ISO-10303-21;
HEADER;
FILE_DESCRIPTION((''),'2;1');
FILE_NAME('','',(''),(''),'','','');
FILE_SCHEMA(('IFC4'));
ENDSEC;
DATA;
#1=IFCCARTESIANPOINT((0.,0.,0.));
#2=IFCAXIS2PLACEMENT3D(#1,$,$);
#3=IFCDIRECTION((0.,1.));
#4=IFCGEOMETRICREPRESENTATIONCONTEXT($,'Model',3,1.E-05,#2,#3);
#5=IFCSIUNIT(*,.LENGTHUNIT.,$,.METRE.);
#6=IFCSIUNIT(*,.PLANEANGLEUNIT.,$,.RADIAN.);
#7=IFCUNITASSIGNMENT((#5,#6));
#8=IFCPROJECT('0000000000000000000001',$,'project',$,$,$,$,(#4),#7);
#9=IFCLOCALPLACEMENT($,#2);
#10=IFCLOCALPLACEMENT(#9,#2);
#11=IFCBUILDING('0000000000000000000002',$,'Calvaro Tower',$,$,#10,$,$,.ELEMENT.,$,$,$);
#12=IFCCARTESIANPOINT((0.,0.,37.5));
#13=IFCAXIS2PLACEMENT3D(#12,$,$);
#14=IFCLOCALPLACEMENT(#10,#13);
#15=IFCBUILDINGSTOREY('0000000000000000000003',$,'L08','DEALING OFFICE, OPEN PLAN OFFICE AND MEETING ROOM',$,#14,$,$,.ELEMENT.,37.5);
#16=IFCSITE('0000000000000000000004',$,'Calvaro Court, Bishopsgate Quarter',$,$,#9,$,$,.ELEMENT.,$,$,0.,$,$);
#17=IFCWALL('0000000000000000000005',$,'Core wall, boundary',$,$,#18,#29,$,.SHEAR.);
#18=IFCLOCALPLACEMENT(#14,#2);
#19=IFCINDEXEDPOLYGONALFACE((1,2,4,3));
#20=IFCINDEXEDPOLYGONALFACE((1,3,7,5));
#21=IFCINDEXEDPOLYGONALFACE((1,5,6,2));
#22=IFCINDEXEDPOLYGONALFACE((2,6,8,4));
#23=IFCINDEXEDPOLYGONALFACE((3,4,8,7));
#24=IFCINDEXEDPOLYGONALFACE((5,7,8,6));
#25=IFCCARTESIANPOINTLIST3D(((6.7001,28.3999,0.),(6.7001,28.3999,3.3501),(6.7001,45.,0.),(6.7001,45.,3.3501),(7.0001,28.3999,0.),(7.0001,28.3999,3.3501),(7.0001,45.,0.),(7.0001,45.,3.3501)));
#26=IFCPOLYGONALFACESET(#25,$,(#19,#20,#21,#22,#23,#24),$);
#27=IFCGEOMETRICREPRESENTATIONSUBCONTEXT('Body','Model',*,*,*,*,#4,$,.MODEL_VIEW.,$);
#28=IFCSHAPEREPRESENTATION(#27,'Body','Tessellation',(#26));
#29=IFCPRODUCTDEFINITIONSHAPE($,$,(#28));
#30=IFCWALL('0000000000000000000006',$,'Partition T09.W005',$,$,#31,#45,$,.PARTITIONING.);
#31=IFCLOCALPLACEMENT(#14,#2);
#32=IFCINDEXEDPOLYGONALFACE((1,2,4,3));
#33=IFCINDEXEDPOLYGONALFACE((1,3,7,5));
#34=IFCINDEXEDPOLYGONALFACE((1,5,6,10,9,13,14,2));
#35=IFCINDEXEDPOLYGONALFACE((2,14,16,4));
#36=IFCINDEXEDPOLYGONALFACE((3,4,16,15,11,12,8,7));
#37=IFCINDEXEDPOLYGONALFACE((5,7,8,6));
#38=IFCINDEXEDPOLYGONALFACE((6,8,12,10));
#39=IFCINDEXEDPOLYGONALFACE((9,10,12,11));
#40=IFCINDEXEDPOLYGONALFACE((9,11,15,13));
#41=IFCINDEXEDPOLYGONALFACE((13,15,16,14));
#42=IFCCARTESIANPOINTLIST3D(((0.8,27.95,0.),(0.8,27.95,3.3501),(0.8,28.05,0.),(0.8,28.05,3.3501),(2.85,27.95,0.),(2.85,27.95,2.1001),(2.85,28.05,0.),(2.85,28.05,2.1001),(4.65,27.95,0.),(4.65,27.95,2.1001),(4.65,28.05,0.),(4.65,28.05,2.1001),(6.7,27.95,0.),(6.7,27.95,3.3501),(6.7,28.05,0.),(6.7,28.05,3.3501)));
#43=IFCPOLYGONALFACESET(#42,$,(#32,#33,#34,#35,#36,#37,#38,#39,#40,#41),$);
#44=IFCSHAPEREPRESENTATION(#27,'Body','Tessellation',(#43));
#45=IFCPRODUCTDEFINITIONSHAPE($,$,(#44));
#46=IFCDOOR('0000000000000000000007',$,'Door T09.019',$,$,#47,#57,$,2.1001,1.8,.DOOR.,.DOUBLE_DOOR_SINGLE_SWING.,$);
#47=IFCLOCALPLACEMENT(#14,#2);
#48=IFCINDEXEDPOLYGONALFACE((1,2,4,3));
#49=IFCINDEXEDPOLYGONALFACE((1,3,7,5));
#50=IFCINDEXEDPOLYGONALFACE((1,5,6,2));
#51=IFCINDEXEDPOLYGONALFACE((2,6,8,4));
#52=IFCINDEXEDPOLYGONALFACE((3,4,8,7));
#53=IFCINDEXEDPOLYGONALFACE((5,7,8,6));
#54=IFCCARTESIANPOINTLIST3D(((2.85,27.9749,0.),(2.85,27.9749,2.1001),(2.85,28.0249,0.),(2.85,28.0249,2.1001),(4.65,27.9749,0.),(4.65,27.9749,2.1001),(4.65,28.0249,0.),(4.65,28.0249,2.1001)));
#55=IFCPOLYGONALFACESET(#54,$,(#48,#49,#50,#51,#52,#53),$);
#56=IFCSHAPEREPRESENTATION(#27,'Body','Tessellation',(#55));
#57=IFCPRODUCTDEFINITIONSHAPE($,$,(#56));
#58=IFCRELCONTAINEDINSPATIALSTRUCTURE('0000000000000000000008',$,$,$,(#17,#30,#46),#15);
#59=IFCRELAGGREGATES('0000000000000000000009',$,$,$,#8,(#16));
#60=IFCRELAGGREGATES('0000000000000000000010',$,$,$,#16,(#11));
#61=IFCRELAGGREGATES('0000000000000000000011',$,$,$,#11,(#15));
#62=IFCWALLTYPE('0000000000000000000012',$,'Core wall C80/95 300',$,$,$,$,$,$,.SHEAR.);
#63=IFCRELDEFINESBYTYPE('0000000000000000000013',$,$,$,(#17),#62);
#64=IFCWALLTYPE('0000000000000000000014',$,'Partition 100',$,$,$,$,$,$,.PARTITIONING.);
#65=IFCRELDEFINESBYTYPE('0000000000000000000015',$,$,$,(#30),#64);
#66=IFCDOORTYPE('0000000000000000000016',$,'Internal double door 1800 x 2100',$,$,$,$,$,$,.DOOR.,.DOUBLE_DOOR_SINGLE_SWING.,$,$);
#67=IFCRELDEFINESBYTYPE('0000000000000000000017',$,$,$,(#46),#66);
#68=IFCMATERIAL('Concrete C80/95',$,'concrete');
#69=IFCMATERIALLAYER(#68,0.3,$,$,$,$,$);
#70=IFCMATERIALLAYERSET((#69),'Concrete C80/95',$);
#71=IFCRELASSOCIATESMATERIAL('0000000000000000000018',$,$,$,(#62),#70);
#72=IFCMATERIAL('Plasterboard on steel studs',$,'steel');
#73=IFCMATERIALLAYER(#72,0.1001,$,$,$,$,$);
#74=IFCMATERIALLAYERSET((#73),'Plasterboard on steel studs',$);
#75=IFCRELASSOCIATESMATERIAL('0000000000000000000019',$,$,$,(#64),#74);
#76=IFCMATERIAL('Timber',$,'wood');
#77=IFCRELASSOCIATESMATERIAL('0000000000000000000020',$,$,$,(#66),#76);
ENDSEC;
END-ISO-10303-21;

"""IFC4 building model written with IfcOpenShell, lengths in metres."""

from ifc_helpers import new_model, si_unit, direction, frame, frame_2d, origin, place, context, subcontext, project, spatial, rectangle, extrude, material, layer, layer_set, type_object, element, fill, save


model = new_model("IFC4")

# Units and contexts
model_context = context("Model", 3, precision=1e-05, world=origin(), true_north=direction((0.0, 1.0)))
body_context = subcontext(model_context, "Body", "Model", "MODEL_VIEW")
ifc_project = project(units=[si_unit("LENGTHUNIT", "METRE"), si_unit("PLANEANGLEUNIT", "RADIAN")], contexts=[model_context])

# Site, building, storey
site_placement = place(None, origin())
site = spatial("IfcSite", under=ifc_project, at=site_placement, Name="Calvaro Court, Bishopsgate Quarter", CompositionType="ELEMENT", RefElevation=0.0)
building_placement = place(site_placement, origin())
building = spatial("IfcBuilding", under=site, at=building_placement, Name="Calvaro Tower", CompositionType="ELEMENT")
storey_placement = place(building_placement, frame((0.0, 0.0, 37.5)))
storey = spatial("IfcBuildingStorey", under=building, at=storey_placement, Name="L08", Description="DEALING OFFICE, OPEN PLAN OFFICE AND MEETING ROOM", CompositionType="ELEMENT", Elevation=37.5)

# Wall
ifc_material_1 = material(Name="Concrete C80/95", Category="concrete")
ifc_layer_1 = layer(ifc_material_1, 0.3)
ifc_layer_set_1 = layer_set([ifc_layer_1], Name="Concrete C80/95")
wall_type_1 = type_object("IfcWallType", Name="Core wall C80/95 300", PredefinedType="SHEAR", material=ifc_layer_set_1)
wall_1_placement = place(storey_placement, frame((6.8501, 28.3999, 0.0), z_axis=(0.0, 0.0, 1.0), x_axis=(0.0, 1.0, 0.0)))
element("IfcWall", 1, at=wall_1_placement, inside=storey, type_object=wall_type_1, Name="Core wall, boundary", PredefinedType="SHEAR", context=body_context, shape_type="SweptSolid", body=[
    extrude(rectangle(XDim=16.6001, YDim=0.3, at=frame_2d((8.3, 0.0))), origin(), (0.0, 0.0, 1.0), 3.3501),
])

# Wall, opening, door
ifc_material_2 = material(Name="Plasterboard on steel studs", Category="steel")
ifc_layer_2 = layer(ifc_material_2, 0.1001)
ifc_layer_set_2 = layer_set([ifc_layer_2], Name="Plasterboard on steel studs")
wall_type_2 = type_object("IfcWallType", Name="Partition 100", PredefinedType="PARTITIONING", material=ifc_layer_set_2)
wall_2_placement = place(storey_placement, frame((0.8, 28.0, 0.0), z_axis=(0.0, 0.0, 1.0), x_axis=(1.0, 0.0, 0.0)))
wall_2 = element("IfcWall", 2, at=wall_2_placement, inside=storey, type_object=wall_type_2, Name="Partition T09.W005", PredefinedType="PARTITIONING", context=body_context, shape_type="SweptSolid", body=[
    extrude(rectangle(XDim=5.8999, YDim=0.1001, at=frame_2d((2.95, 0.0))), origin(), (0.0, 0.0, 1.0), 3.3501),
])
opening_1_placement = place(wall_2_placement, frame((2.05, 0.0, 0.0)))
opening_1 = element("IfcOpeningElement", 3, at=opening_1_placement, cuts=wall_2, PredefinedType="OPENING", context=body_context, shape_type="SweptSolid", body=[
    extrude(rectangle(XDim=1.8, YDim=2.1001, at=frame_2d((0.8999, 1.05))), frame((0.0, 0.0601, 0.0), z_axis=(0.0, -1.0, 0.0), x_axis=(1.0, 0.0, 0.0)), (0.0, 0.0, 1.0), 0.1201),
])
ifc_material_3 = material(Name="Timber", Category="wood")
door_type_1 = type_object("IfcDoorType", Name="Internal double door 1800 x 2100", OperationType="DOUBLE_DOOR_SINGLE_SWING", PredefinedType="DOOR", material=ifc_material_3)
door_1_placement = place(opening_1_placement, origin())
door_1 = element("IfcDoor", 4, at=door_1_placement, inside=storey, type_object=door_type_1, Name="Door T09.019", OperationType="DOUBLE_DOOR_SINGLE_SWING", OverallHeight=2.1001, OverallWidth=1.8, PredefinedType="DOOR", context=body_context, shape_type="SweptSolid", body=[
    extrude(rectangle(XDim=1.8, YDim=2.1001, at=frame_2d((0.8999, 1.05))), frame((0.0, 0.0249, 0.0), z_axis=(0.0, -1.0, 0.0), x_axis=(1.0, 0.0, 0.0)), (0.0, 0.0, 1.0), 0.05),
])
fill(opening_1, door_1)

save(model, "model.ifc")
